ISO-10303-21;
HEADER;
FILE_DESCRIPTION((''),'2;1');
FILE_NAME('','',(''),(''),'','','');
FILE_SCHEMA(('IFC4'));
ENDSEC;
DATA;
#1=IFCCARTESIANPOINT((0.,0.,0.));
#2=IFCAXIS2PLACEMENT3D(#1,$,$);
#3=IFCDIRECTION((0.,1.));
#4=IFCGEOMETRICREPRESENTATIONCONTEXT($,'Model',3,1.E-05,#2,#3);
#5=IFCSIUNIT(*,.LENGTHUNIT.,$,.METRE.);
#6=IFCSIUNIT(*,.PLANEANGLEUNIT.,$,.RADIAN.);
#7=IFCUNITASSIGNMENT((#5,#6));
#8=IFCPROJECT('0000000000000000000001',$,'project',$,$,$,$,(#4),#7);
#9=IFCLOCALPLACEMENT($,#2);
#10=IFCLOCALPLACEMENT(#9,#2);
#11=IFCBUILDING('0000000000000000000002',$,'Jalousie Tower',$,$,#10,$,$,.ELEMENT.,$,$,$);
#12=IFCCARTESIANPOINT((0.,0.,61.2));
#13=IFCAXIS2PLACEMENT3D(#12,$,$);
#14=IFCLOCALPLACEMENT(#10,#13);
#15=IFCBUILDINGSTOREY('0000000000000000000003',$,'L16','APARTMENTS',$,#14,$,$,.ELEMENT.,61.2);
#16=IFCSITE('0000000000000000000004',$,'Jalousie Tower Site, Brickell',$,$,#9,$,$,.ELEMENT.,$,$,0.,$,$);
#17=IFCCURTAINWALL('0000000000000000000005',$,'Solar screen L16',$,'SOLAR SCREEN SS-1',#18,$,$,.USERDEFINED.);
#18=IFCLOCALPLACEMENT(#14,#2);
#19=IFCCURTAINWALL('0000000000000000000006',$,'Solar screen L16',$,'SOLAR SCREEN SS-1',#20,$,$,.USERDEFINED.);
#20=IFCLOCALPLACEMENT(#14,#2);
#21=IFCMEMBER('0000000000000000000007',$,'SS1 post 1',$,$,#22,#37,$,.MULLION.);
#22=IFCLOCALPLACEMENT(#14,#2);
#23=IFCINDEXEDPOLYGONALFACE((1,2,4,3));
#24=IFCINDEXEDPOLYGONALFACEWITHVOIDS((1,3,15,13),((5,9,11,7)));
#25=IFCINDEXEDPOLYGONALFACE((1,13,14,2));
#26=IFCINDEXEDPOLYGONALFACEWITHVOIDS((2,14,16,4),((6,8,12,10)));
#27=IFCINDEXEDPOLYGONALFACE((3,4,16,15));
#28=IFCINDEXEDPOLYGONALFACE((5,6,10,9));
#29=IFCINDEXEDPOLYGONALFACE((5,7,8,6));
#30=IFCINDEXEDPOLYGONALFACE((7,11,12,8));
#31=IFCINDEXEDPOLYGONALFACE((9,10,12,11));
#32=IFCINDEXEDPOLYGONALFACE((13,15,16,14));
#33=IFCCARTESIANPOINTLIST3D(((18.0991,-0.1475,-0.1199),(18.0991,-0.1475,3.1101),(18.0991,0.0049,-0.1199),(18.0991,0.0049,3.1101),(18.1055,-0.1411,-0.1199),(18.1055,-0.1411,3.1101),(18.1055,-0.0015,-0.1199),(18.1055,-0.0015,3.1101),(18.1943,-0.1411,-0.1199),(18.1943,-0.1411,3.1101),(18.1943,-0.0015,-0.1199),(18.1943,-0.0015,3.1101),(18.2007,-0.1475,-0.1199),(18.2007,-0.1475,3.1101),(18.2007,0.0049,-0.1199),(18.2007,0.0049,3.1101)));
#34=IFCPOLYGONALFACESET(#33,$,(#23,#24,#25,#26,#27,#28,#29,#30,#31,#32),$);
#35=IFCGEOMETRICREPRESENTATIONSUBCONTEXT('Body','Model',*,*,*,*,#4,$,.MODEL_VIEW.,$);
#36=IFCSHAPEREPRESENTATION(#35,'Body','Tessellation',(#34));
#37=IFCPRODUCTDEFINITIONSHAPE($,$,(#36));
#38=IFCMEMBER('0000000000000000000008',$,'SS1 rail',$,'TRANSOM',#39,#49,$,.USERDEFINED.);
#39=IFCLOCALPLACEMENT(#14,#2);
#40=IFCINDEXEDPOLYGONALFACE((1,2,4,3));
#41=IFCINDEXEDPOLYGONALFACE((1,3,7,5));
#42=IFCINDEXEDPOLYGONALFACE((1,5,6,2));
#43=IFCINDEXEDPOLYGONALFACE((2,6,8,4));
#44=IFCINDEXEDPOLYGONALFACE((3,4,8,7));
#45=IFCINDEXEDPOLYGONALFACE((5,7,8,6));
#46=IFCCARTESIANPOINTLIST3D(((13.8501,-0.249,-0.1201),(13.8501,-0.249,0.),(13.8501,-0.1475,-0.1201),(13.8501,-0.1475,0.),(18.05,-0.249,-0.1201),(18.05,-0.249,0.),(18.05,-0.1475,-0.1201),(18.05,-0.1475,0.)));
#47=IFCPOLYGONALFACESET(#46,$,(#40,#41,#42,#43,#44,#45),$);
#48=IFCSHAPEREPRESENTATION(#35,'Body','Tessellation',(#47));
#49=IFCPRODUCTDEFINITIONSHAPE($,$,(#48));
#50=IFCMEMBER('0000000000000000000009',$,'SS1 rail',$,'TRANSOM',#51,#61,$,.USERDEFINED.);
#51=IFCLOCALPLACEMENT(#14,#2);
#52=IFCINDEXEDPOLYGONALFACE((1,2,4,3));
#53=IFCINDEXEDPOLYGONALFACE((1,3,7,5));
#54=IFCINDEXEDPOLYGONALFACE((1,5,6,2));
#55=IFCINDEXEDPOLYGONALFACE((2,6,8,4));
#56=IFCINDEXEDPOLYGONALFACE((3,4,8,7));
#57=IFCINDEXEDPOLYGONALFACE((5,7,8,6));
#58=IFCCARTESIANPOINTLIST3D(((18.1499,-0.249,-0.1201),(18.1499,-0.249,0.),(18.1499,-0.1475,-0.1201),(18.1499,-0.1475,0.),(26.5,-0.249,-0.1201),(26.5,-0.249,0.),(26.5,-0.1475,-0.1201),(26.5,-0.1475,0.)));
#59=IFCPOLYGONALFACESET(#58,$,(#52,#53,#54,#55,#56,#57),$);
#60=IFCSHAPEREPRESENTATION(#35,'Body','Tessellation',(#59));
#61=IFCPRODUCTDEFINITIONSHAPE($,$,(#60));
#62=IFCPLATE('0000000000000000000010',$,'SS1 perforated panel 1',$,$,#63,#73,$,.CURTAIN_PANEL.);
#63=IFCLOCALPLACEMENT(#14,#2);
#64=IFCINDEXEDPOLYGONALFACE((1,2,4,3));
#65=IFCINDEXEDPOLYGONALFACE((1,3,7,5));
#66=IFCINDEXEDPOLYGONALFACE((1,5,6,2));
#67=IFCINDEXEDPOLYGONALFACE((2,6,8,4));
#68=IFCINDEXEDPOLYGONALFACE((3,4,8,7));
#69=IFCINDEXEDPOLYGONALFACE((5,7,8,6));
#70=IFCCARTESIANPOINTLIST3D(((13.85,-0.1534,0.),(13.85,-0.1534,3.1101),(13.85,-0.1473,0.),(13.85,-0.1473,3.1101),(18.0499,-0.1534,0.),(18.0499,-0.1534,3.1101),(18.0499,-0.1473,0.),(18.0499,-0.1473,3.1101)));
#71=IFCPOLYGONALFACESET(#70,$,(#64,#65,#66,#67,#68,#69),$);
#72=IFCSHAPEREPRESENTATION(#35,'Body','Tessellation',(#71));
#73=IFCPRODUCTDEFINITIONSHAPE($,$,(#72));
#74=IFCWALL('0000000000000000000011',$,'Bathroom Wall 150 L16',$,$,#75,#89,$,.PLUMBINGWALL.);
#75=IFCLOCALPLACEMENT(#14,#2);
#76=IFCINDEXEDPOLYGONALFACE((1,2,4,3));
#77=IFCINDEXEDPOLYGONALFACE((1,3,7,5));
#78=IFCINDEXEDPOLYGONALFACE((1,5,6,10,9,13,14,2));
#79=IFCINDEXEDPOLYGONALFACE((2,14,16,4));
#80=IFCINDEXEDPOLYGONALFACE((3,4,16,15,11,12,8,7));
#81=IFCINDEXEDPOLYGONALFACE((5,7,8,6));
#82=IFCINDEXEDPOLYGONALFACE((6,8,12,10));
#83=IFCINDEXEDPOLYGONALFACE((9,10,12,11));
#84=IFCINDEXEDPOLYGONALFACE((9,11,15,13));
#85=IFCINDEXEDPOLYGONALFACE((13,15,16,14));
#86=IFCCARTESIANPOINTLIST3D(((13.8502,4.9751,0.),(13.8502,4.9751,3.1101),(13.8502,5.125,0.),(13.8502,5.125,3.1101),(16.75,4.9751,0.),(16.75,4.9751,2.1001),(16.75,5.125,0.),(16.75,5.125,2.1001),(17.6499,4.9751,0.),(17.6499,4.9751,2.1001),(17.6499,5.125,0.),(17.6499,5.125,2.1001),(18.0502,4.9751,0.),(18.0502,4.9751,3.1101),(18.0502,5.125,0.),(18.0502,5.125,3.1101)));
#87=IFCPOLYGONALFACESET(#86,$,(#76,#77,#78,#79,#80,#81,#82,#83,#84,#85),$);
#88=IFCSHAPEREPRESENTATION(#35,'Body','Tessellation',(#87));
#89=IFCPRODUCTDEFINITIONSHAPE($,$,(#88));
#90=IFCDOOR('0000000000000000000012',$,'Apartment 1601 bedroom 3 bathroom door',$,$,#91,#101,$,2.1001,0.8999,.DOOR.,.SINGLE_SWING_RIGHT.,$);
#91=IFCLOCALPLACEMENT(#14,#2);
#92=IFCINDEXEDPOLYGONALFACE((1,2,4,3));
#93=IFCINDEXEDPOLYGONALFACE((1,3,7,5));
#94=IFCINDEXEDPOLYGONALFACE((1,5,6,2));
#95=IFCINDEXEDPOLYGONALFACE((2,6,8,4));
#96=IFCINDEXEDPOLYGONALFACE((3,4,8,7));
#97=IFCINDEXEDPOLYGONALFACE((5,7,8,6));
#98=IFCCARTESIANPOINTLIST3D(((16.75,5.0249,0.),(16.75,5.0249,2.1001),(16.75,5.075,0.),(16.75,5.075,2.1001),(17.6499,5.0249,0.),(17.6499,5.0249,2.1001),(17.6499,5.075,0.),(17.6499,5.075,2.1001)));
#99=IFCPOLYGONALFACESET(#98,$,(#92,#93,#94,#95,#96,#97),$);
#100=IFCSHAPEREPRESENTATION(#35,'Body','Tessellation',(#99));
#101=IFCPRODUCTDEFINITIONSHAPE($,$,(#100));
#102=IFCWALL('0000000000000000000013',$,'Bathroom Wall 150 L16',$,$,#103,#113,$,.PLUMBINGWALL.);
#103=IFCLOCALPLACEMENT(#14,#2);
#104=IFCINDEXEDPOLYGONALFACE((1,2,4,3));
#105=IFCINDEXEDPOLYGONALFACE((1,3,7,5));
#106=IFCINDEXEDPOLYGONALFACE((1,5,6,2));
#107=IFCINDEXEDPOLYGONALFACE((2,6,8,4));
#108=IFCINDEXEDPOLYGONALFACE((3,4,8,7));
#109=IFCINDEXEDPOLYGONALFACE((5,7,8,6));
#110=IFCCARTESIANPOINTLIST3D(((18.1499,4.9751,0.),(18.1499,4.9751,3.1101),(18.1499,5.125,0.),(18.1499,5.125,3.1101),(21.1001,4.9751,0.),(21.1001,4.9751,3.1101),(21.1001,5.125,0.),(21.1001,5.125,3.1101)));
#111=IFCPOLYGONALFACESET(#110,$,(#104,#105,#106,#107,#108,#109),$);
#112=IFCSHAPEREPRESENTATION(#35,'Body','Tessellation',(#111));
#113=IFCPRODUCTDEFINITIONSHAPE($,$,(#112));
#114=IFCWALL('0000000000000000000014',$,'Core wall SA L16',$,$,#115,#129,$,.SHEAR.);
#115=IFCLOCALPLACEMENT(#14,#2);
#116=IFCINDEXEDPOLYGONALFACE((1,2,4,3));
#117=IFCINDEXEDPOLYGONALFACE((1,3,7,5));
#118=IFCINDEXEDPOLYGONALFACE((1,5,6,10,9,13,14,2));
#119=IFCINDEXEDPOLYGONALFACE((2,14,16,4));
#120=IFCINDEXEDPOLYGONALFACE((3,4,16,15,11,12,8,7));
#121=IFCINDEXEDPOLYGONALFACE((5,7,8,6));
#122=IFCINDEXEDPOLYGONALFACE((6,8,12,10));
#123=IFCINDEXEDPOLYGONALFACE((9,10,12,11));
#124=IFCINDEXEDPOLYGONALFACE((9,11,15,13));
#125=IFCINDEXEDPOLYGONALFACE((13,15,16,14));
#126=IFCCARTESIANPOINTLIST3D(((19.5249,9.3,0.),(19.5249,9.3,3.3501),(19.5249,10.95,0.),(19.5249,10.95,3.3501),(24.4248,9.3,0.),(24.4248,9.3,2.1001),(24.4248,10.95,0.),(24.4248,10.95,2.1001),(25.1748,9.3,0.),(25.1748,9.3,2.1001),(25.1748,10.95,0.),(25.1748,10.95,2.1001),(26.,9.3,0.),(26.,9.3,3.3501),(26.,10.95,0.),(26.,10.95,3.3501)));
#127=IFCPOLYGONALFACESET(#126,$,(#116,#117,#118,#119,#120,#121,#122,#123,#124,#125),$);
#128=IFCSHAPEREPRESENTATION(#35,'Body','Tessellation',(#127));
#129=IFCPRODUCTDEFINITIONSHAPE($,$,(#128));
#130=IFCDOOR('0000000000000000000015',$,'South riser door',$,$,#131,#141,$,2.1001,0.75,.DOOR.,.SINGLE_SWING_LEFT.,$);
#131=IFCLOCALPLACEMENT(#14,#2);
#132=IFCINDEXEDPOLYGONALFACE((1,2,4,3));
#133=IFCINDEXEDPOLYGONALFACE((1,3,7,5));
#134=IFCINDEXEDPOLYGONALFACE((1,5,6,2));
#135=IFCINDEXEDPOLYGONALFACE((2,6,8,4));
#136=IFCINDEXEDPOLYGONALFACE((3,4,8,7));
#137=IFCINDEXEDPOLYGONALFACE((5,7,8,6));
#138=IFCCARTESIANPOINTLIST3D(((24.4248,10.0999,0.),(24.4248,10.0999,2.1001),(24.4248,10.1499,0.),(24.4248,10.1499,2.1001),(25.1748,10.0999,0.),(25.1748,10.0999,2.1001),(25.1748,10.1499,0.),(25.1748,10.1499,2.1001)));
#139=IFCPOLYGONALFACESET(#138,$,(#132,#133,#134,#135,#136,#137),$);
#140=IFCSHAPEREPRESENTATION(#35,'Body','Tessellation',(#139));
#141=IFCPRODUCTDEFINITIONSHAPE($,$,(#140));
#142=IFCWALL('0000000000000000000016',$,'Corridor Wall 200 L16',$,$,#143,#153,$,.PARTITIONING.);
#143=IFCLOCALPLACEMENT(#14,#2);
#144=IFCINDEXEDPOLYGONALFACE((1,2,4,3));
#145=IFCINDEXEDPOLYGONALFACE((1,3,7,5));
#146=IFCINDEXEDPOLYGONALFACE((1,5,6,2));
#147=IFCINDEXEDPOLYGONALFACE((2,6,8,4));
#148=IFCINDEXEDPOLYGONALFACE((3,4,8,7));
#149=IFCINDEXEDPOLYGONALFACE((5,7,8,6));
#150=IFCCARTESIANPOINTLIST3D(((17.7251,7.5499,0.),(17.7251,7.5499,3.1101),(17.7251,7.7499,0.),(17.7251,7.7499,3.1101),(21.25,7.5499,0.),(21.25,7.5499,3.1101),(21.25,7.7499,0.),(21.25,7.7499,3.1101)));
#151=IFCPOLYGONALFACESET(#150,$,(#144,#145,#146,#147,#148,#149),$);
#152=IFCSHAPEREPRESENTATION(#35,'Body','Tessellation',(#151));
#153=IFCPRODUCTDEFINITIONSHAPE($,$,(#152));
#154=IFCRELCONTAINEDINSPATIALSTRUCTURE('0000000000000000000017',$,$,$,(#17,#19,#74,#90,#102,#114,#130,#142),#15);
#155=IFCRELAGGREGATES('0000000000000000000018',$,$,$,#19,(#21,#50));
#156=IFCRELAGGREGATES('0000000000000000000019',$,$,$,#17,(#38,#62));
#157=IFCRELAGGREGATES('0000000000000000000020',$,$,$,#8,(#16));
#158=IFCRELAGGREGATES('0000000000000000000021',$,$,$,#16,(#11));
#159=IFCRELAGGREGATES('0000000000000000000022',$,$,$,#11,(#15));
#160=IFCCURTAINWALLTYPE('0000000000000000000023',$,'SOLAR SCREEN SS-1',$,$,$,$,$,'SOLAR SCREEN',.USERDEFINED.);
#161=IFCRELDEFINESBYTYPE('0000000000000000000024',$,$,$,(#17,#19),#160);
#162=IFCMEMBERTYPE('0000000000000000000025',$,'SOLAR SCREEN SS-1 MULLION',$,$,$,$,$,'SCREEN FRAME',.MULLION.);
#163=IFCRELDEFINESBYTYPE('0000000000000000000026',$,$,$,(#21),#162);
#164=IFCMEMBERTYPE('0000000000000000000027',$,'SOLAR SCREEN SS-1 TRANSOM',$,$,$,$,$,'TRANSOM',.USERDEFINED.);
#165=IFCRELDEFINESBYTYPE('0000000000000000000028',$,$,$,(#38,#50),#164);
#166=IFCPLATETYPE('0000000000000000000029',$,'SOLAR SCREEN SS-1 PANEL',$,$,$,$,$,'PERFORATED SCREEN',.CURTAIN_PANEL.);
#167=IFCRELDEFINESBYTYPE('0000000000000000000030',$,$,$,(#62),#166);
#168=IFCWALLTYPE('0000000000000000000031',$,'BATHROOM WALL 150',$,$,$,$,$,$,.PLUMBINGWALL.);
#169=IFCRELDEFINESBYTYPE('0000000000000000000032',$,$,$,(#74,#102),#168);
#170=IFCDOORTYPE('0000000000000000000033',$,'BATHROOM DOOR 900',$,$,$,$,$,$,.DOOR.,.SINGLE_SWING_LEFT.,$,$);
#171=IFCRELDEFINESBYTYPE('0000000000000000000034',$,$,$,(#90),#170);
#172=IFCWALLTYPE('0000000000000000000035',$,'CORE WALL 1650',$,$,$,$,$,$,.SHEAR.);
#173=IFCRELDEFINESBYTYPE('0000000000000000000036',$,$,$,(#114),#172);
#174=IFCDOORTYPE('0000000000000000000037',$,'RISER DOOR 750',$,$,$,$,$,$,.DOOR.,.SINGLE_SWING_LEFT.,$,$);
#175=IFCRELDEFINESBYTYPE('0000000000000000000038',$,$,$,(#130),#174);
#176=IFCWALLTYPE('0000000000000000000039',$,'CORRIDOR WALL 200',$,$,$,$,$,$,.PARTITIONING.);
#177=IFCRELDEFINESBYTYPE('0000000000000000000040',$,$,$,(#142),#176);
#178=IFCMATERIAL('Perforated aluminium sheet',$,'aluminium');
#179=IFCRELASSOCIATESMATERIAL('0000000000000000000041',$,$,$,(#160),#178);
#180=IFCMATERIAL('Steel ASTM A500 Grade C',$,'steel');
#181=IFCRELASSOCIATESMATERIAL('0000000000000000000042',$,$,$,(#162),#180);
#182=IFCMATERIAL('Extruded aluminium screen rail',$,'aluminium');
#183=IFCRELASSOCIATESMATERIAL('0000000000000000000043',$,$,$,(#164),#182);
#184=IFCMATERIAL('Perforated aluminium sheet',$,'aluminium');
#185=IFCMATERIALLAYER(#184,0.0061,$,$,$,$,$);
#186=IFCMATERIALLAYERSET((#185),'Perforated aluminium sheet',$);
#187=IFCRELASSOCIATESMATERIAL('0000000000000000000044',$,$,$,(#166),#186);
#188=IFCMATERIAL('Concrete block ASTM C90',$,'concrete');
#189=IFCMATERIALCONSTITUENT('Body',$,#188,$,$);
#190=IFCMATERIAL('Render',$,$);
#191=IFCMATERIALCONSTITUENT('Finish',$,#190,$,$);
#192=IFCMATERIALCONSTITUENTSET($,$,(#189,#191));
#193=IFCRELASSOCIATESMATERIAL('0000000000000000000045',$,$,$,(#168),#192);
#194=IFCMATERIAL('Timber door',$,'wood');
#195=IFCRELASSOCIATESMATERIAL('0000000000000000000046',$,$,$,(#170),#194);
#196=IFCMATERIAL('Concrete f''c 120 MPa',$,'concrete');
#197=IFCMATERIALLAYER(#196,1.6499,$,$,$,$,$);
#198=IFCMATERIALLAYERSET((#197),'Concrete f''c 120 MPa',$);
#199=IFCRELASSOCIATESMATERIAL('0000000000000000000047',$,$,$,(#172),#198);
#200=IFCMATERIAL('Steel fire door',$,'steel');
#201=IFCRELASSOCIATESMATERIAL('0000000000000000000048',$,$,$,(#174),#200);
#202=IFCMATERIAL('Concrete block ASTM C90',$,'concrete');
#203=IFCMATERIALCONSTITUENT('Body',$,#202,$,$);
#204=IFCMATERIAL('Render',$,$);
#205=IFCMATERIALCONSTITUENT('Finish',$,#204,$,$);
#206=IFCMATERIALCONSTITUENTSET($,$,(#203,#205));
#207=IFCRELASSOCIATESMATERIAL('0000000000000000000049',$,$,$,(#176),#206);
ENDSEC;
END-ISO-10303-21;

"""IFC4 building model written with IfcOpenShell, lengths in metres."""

from ifc_helpers import new_model, si_unit, direction, frame, frame_2d, origin, origin_2d, place, context, subcontext, project, spatial, rectangle, hollow_rectangle, extrude, material, layer, layer_set, constituent, constituent_set, material_profile, profile_set, type_object, element, fill, aggregate, save


model = new_model("IFC4")

# Units and contexts
model_context = context("Model", 3, precision=1e-05, world=origin(), true_north=direction((0.0, 1.0)))
body_context = subcontext(model_context, "Body", "Model", "MODEL_VIEW")
ifc_project = project(units=[si_unit("LENGTHUNIT", "METRE"), si_unit("PLANEANGLEUNIT", "RADIAN")], contexts=[model_context])

# Site, building, storey
site_placement = place(None, origin())
site = spatial("IfcSite", under=ifc_project, at=site_placement, Name="Jalousie Tower Site, Brickell", CompositionType="ELEMENT", RefElevation=0.0)
building_placement = place(site_placement, origin())
building = spatial("IfcBuilding", under=site, at=building_placement, Name="Jalousie Tower", CompositionType="ELEMENT")
storey_placement = place(building_placement, frame((0.0, 0.0, 61.2)))
storey = spatial("IfcBuildingStorey", under=building, at=storey_placement, Name="L16", Description="APARTMENTS", CompositionType="ELEMENT", Elevation=61.2)

# Shared definitions
ifc_material_1 = material(Name="Perforated aluminium sheet", Category="aluminium")
curtain_wall_type = type_object("IfcCurtainWallType", Name="SOLAR SCREEN SS-1", ElementType="SOLAR SCREEN", PredefinedType="USERDEFINED", material=ifc_material_1)
ifc_material_2 = material(Name="Steel ASTM A500 Grade C", Category="steel")
ifc_material_profile_1 = material_profile(ifc_material_2, hollow_rectangle(XDim=0.1016, YDim=0.1523, WallThickness=0.0063, at=origin_2d()), Name="HSS6X4X1/4")
ifc_profile_set_1 = profile_set([ifc_material_profile_1], Name="Steel ASTM A500 Grade C")
member_type_1 = type_object("IfcMemberType", Name="SOLAR SCREEN SS-1 MULLION", ElementType="SCREEN FRAME", PredefinedType="MULLION", material=ifc_profile_set_1)

# Curtain wall
curtain_wall_1_placement = place(storey_placement, origin())
curtain_wall_1 = element("IfcCurtainWall", 1, at=curtain_wall_1_placement, inside=storey, type_object=curtain_wall_type, Name="Solar screen L16", ObjectType="SOLAR SCREEN SS-1", PredefinedType="USERDEFINED")

# Curtain wall, member
curtain_wall_2_placement = place(storey_placement, origin())
curtain_wall_2 = element("IfcCurtainWall", 2, at=curtain_wall_2_placement, inside=storey, type_object=curtain_wall_type, Name="Solar screen L16", ObjectType="SOLAR SCREEN SS-1", PredefinedType="USERDEFINED")
member_1_placement = place(storey_placement, frame((18.1499, -0.0713, -0.1199), z_axis=(0.0, 0.0, 1.0), x_axis=(1.0, 0.0, 0.0)))
member_1 = element("IfcMember", 3, at=member_1_placement, type_object=member_type_1, Name="SS1 post 1", PredefinedType="MULLION", context=body_context, shape_type="SweptSolid", body=[
    extrude(hollow_rectangle(XDim=0.1016, YDim=0.1523, WallThickness=0.0063, at=origin_2d()), origin(), (0.0, 0.0, 1.0), 3.23),
])

# Members
ifc_material_3 = material(Name="Extruded aluminium screen rail", Category="aluminium")
ifc_material_profile_2 = material_profile(ifc_material_3, rectangle(XDim=0.1016, YDim=0.1201, at=origin_2d()), Name="RAIL 102x120")
ifc_profile_set_2 = profile_set([ifc_material_profile_2], Name="Extruded aluminium screen rail")
member_type_2 = type_object("IfcMemberType", Name="SOLAR SCREEN SS-1 TRANSOM", ElementType="TRANSOM", PredefinedType="USERDEFINED", material=ifc_profile_set_2)
member_2_placement = place(storey_placement, frame((13.8501, -0.1982, -0.0601), z_axis=(1.0, 0.0, 0.0), x_axis=(0.0, 1.0, 0.0)))
member_2 = element("IfcMember", 4, at=member_2_placement, type_object=member_type_2, Name="SS1 rail", ObjectType="TRANSOM", PredefinedType="USERDEFINED", context=body_context, shape_type="SweptSolid", body=[
    extrude(rectangle(XDim=0.1016, YDim=0.1201, at=origin_2d()), origin(), (0.0, 0.0, 1.0), 4.2),
])
member_3_placement = place(storey_placement, frame((18.1499, -0.1982, -0.0601), z_axis=(1.0, 0.0, 0.0), x_axis=(0.0, 1.0, 0.0)))
member_3 = element("IfcMember", 5, at=member_3_placement, type_object=member_type_2, Name="SS1 rail", ObjectType="TRANSOM", PredefinedType="USERDEFINED", context=body_context, shape_type="SweptSolid", body=[
    extrude(rectangle(XDim=0.1016, YDim=0.1201, at=origin_2d()), origin(), (0.0, 0.0, 1.0), 8.3501),
])
aggregate(curtain_wall_2, [member_1, member_3])

# Plate
ifc_material_4 = material(Name="Perforated aluminium sheet", Category="aluminium")
ifc_layer_1 = layer(ifc_material_4, 0.0061)
ifc_layer_set_1 = layer_set([ifc_layer_1], Name="Perforated aluminium sheet")
plate_type = type_object("IfcPlateType", Name="SOLAR SCREEN SS-1 PANEL", ElementType="PERFORATED SCREEN", PredefinedType="CURTAIN_PANEL", material=ifc_layer_set_1)
plate_placement = place(storey_placement, frame((15.95, -0.1504, 0.0), z_axis=(0.0, 0.0, 1.0), x_axis=(1.0, 0.0, 0.0)))
plate = element("IfcPlate", 6, at=plate_placement, type_object=plate_type, Name="SS1 perforated panel 1", PredefinedType="CURTAIN_PANEL", context=body_context, shape_type="SweptSolid", body=[
    extrude(rectangle(XDim=4.2, YDim=0.0061, at=origin_2d()), origin(), (0.0, 0.0, 1.0), 3.1101),
])
aggregate(curtain_wall_1, [member_2, plate])

# Wall, opening, door
ifc_material_5 = material(Name="Concrete block ASTM C90", Category="concrete")
ifc_constituent_1 = constituent(ifc_material_5, Name="Body")
ifc_material_6 = material(Name="Render")
ifc_constituent_2 = constituent(ifc_material_6, Name="Finish")
ifc_constituent_set_1 = constituent_set(constituents=[ifc_constituent_1, ifc_constituent_2])
wall_type_1 = type_object("IfcWallType", Name="BATHROOM WALL 150", PredefinedType="PLUMBINGWALL", material=ifc_constituent_set_1)
wall_1_placement = place(storey_placement, frame((13.8501, 5.05, 0.0), z_axis=(0.0, 0.0, 1.0), x_axis=(1.0, 0.0, 0.0)))
wall_1 = element("IfcWall", 7, at=wall_1_placement, inside=storey, type_object=wall_type_1, Name="Bathroom Wall 150 L16", PredefinedType="PLUMBINGWALL", context=body_context, shape_type="SweptSolid", body=[
    extrude(rectangle(XDim=4.2, YDim=0.1499, at=frame_2d((2.1001, 0.0))), origin(), (0.0, 0.0, 1.0), 3.1101),
])
opening_1_placement = place(wall_1_placement, frame((2.8999, 0.0, 0.0)))
opening_1 = element("IfcOpeningElement", 8, at=opening_1_placement, cuts=wall_1, PredefinedType="OPENING", context=body_context, shape_type="SweptSolid", body=[
    extrude(rectangle(XDim=0.8999, YDim=2.1001, at=frame_2d((0.45, 1.05))), frame((0.0, 0.085, 0.0), z_axis=(0.0, -1.0, 0.0), x_axis=(1.0, 0.0, 0.0)), (0.0, 0.0, 1.0), 0.1699),
])
ifc_material_7 = material(Name="Timber door", Category="wood")
door_type_1 = type_object("IfcDoorType", Name="BATHROOM DOOR 900", OperationType="SINGLE_SWING_LEFT", PredefinedType="DOOR", material=ifc_material_7)
door_1_placement = place(opening_1_placement, origin())
door_1 = element("IfcDoor", 9, at=door_1_placement, inside=storey, type_object=door_type_1, Name="Apartment 1601 bedroom 3 bathroom door", OperationType="SINGLE_SWING_RIGHT", OverallHeight=2.1001, OverallWidth=0.8999, PredefinedType="DOOR", context=body_context, shape_type="SweptSolid", body=[
    extrude(rectangle(XDim=0.8999, YDim=2.1001, at=frame_2d((0.45, 1.05))), frame((0.0, 0.0249, 0.0), z_axis=(0.0, -1.0, 0.0), x_axis=(1.0, 0.0, 0.0)), (0.0, 0.0, 1.0), 0.05),
])
fill(opening_1, door_1)

# Wall
wall_2_placement = place(storey_placement, frame((18.1499, 5.05, 0.0), z_axis=(0.0, 0.0, 1.0), x_axis=(1.0, 0.0, 0.0)))
element("IfcWall", 10, at=wall_2_placement, inside=storey, type_object=wall_type_1, Name="Bathroom Wall 150 L16", PredefinedType="PLUMBINGWALL", context=body_context, shape_type="SweptSolid", body=[
    extrude(rectangle(XDim=2.9502, YDim=0.1499, at=frame_2d((1.4751, 0.0))), origin(), (0.0, 0.0, 1.0), 3.1101),
])

# Wall, opening, door
ifc_material_8 = material(Name="Concrete f'c 120 MPa", Category="concrete")
ifc_layer_2 = layer(ifc_material_8, 1.6499)
ifc_layer_set_2 = layer_set([ifc_layer_2], Name="Concrete f'c 120 MPa")
wall_type_2 = type_object("IfcWallType", Name="CORE WALL 1650", PredefinedType="SHEAR", material=ifc_layer_set_2)
wall_3_placement = place(storey_placement, frame((19.5249, 10.125, 0.0), z_axis=(0.0, 0.0, 1.0), x_axis=(1.0, 0.0, 0.0)))
wall_3 = element("IfcWall", 11, at=wall_3_placement, inside=storey, type_object=wall_type_2, Name="Core wall SA L16", PredefinedType="SHEAR", context=body_context, shape_type="SweptSolid", body=[
    extrude(rectangle(XDim=6.4751, YDim=1.6499, at=frame_2d((3.2375, 0.0))), origin(), (0.0, 0.0, 1.0), 3.3501),
])
opening_2_placement = place(wall_3_placement, frame((4.8999, 0.0, 0.0)))
opening_2 = element("IfcOpeningElement", 12, at=opening_2_placement, cuts=wall_3, PredefinedType="OPENING", context=body_context, shape_type="SweptSolid", body=[
    extrude(rectangle(XDim=0.75, YDim=2.1001, at=frame_2d((0.375, 1.05))), frame((0.0, 0.835, 0.0), z_axis=(0.0, -1.0, 0.0), x_axis=(1.0, 0.0, 0.0)), (0.0, 0.0, 1.0), 1.6699),
])
ifc_material_9 = material(Name="Steel fire door", Category="steel")
door_type_2 = type_object("IfcDoorType", Name="RISER DOOR 750", OperationType="SINGLE_SWING_LEFT", PredefinedType="DOOR", material=ifc_material_9)
door_2_placement = place(opening_2_placement, origin())
door_2 = element("IfcDoor", 13, at=door_2_placement, inside=storey, type_object=door_type_2, Name="South riser door", OperationType="SINGLE_SWING_LEFT", OverallHeight=2.1001, OverallWidth=0.75, PredefinedType="DOOR", context=body_context, shape_type="SweptSolid", body=[
    extrude(rectangle(XDim=0.75, YDim=2.1001, at=frame_2d((0.375, 1.05))), frame((0.0, 0.0249, 0.0), z_axis=(0.0, -1.0, 0.0), x_axis=(1.0, 0.0, 0.0)), (0.0, 0.0, 1.0), 0.05),
])
fill(opening_2, door_2)

# Wall
ifc_material_10 = material(Name="Concrete block ASTM C90", Category="concrete")
ifc_constituent_3 = constituent(ifc_material_10, Name="Body")
ifc_material_11 = material(Name="Render")
ifc_constituent_4 = constituent(ifc_material_11, Name="Finish")
ifc_constituent_set_2 = constituent_set(constituents=[ifc_constituent_3, ifc_constituent_4])
wall_type_3 = type_object("IfcWallType", Name="CORRIDOR WALL 200", PredefinedType="PARTITIONING", material=ifc_constituent_set_2)
wall_4_placement = place(storey_placement, frame((17.7251, 7.6499, 0.0), z_axis=(0.0, 0.0, 1.0), x_axis=(1.0, 0.0, 0.0)))
element("IfcWall", 14, at=wall_4_placement, inside=storey, type_object=wall_type_3, Name="Corridor Wall 200 L16", PredefinedType="PARTITIONING", context=body_context, shape_type="SweptSolid", body=[
    extrude(rectangle(XDim=3.5249, YDim=0.2, at=frame_2d((1.7625, 0.0))), origin(), (0.0, 0.0, 1.0), 3.1101),
])

save(model, "model.ifc")
